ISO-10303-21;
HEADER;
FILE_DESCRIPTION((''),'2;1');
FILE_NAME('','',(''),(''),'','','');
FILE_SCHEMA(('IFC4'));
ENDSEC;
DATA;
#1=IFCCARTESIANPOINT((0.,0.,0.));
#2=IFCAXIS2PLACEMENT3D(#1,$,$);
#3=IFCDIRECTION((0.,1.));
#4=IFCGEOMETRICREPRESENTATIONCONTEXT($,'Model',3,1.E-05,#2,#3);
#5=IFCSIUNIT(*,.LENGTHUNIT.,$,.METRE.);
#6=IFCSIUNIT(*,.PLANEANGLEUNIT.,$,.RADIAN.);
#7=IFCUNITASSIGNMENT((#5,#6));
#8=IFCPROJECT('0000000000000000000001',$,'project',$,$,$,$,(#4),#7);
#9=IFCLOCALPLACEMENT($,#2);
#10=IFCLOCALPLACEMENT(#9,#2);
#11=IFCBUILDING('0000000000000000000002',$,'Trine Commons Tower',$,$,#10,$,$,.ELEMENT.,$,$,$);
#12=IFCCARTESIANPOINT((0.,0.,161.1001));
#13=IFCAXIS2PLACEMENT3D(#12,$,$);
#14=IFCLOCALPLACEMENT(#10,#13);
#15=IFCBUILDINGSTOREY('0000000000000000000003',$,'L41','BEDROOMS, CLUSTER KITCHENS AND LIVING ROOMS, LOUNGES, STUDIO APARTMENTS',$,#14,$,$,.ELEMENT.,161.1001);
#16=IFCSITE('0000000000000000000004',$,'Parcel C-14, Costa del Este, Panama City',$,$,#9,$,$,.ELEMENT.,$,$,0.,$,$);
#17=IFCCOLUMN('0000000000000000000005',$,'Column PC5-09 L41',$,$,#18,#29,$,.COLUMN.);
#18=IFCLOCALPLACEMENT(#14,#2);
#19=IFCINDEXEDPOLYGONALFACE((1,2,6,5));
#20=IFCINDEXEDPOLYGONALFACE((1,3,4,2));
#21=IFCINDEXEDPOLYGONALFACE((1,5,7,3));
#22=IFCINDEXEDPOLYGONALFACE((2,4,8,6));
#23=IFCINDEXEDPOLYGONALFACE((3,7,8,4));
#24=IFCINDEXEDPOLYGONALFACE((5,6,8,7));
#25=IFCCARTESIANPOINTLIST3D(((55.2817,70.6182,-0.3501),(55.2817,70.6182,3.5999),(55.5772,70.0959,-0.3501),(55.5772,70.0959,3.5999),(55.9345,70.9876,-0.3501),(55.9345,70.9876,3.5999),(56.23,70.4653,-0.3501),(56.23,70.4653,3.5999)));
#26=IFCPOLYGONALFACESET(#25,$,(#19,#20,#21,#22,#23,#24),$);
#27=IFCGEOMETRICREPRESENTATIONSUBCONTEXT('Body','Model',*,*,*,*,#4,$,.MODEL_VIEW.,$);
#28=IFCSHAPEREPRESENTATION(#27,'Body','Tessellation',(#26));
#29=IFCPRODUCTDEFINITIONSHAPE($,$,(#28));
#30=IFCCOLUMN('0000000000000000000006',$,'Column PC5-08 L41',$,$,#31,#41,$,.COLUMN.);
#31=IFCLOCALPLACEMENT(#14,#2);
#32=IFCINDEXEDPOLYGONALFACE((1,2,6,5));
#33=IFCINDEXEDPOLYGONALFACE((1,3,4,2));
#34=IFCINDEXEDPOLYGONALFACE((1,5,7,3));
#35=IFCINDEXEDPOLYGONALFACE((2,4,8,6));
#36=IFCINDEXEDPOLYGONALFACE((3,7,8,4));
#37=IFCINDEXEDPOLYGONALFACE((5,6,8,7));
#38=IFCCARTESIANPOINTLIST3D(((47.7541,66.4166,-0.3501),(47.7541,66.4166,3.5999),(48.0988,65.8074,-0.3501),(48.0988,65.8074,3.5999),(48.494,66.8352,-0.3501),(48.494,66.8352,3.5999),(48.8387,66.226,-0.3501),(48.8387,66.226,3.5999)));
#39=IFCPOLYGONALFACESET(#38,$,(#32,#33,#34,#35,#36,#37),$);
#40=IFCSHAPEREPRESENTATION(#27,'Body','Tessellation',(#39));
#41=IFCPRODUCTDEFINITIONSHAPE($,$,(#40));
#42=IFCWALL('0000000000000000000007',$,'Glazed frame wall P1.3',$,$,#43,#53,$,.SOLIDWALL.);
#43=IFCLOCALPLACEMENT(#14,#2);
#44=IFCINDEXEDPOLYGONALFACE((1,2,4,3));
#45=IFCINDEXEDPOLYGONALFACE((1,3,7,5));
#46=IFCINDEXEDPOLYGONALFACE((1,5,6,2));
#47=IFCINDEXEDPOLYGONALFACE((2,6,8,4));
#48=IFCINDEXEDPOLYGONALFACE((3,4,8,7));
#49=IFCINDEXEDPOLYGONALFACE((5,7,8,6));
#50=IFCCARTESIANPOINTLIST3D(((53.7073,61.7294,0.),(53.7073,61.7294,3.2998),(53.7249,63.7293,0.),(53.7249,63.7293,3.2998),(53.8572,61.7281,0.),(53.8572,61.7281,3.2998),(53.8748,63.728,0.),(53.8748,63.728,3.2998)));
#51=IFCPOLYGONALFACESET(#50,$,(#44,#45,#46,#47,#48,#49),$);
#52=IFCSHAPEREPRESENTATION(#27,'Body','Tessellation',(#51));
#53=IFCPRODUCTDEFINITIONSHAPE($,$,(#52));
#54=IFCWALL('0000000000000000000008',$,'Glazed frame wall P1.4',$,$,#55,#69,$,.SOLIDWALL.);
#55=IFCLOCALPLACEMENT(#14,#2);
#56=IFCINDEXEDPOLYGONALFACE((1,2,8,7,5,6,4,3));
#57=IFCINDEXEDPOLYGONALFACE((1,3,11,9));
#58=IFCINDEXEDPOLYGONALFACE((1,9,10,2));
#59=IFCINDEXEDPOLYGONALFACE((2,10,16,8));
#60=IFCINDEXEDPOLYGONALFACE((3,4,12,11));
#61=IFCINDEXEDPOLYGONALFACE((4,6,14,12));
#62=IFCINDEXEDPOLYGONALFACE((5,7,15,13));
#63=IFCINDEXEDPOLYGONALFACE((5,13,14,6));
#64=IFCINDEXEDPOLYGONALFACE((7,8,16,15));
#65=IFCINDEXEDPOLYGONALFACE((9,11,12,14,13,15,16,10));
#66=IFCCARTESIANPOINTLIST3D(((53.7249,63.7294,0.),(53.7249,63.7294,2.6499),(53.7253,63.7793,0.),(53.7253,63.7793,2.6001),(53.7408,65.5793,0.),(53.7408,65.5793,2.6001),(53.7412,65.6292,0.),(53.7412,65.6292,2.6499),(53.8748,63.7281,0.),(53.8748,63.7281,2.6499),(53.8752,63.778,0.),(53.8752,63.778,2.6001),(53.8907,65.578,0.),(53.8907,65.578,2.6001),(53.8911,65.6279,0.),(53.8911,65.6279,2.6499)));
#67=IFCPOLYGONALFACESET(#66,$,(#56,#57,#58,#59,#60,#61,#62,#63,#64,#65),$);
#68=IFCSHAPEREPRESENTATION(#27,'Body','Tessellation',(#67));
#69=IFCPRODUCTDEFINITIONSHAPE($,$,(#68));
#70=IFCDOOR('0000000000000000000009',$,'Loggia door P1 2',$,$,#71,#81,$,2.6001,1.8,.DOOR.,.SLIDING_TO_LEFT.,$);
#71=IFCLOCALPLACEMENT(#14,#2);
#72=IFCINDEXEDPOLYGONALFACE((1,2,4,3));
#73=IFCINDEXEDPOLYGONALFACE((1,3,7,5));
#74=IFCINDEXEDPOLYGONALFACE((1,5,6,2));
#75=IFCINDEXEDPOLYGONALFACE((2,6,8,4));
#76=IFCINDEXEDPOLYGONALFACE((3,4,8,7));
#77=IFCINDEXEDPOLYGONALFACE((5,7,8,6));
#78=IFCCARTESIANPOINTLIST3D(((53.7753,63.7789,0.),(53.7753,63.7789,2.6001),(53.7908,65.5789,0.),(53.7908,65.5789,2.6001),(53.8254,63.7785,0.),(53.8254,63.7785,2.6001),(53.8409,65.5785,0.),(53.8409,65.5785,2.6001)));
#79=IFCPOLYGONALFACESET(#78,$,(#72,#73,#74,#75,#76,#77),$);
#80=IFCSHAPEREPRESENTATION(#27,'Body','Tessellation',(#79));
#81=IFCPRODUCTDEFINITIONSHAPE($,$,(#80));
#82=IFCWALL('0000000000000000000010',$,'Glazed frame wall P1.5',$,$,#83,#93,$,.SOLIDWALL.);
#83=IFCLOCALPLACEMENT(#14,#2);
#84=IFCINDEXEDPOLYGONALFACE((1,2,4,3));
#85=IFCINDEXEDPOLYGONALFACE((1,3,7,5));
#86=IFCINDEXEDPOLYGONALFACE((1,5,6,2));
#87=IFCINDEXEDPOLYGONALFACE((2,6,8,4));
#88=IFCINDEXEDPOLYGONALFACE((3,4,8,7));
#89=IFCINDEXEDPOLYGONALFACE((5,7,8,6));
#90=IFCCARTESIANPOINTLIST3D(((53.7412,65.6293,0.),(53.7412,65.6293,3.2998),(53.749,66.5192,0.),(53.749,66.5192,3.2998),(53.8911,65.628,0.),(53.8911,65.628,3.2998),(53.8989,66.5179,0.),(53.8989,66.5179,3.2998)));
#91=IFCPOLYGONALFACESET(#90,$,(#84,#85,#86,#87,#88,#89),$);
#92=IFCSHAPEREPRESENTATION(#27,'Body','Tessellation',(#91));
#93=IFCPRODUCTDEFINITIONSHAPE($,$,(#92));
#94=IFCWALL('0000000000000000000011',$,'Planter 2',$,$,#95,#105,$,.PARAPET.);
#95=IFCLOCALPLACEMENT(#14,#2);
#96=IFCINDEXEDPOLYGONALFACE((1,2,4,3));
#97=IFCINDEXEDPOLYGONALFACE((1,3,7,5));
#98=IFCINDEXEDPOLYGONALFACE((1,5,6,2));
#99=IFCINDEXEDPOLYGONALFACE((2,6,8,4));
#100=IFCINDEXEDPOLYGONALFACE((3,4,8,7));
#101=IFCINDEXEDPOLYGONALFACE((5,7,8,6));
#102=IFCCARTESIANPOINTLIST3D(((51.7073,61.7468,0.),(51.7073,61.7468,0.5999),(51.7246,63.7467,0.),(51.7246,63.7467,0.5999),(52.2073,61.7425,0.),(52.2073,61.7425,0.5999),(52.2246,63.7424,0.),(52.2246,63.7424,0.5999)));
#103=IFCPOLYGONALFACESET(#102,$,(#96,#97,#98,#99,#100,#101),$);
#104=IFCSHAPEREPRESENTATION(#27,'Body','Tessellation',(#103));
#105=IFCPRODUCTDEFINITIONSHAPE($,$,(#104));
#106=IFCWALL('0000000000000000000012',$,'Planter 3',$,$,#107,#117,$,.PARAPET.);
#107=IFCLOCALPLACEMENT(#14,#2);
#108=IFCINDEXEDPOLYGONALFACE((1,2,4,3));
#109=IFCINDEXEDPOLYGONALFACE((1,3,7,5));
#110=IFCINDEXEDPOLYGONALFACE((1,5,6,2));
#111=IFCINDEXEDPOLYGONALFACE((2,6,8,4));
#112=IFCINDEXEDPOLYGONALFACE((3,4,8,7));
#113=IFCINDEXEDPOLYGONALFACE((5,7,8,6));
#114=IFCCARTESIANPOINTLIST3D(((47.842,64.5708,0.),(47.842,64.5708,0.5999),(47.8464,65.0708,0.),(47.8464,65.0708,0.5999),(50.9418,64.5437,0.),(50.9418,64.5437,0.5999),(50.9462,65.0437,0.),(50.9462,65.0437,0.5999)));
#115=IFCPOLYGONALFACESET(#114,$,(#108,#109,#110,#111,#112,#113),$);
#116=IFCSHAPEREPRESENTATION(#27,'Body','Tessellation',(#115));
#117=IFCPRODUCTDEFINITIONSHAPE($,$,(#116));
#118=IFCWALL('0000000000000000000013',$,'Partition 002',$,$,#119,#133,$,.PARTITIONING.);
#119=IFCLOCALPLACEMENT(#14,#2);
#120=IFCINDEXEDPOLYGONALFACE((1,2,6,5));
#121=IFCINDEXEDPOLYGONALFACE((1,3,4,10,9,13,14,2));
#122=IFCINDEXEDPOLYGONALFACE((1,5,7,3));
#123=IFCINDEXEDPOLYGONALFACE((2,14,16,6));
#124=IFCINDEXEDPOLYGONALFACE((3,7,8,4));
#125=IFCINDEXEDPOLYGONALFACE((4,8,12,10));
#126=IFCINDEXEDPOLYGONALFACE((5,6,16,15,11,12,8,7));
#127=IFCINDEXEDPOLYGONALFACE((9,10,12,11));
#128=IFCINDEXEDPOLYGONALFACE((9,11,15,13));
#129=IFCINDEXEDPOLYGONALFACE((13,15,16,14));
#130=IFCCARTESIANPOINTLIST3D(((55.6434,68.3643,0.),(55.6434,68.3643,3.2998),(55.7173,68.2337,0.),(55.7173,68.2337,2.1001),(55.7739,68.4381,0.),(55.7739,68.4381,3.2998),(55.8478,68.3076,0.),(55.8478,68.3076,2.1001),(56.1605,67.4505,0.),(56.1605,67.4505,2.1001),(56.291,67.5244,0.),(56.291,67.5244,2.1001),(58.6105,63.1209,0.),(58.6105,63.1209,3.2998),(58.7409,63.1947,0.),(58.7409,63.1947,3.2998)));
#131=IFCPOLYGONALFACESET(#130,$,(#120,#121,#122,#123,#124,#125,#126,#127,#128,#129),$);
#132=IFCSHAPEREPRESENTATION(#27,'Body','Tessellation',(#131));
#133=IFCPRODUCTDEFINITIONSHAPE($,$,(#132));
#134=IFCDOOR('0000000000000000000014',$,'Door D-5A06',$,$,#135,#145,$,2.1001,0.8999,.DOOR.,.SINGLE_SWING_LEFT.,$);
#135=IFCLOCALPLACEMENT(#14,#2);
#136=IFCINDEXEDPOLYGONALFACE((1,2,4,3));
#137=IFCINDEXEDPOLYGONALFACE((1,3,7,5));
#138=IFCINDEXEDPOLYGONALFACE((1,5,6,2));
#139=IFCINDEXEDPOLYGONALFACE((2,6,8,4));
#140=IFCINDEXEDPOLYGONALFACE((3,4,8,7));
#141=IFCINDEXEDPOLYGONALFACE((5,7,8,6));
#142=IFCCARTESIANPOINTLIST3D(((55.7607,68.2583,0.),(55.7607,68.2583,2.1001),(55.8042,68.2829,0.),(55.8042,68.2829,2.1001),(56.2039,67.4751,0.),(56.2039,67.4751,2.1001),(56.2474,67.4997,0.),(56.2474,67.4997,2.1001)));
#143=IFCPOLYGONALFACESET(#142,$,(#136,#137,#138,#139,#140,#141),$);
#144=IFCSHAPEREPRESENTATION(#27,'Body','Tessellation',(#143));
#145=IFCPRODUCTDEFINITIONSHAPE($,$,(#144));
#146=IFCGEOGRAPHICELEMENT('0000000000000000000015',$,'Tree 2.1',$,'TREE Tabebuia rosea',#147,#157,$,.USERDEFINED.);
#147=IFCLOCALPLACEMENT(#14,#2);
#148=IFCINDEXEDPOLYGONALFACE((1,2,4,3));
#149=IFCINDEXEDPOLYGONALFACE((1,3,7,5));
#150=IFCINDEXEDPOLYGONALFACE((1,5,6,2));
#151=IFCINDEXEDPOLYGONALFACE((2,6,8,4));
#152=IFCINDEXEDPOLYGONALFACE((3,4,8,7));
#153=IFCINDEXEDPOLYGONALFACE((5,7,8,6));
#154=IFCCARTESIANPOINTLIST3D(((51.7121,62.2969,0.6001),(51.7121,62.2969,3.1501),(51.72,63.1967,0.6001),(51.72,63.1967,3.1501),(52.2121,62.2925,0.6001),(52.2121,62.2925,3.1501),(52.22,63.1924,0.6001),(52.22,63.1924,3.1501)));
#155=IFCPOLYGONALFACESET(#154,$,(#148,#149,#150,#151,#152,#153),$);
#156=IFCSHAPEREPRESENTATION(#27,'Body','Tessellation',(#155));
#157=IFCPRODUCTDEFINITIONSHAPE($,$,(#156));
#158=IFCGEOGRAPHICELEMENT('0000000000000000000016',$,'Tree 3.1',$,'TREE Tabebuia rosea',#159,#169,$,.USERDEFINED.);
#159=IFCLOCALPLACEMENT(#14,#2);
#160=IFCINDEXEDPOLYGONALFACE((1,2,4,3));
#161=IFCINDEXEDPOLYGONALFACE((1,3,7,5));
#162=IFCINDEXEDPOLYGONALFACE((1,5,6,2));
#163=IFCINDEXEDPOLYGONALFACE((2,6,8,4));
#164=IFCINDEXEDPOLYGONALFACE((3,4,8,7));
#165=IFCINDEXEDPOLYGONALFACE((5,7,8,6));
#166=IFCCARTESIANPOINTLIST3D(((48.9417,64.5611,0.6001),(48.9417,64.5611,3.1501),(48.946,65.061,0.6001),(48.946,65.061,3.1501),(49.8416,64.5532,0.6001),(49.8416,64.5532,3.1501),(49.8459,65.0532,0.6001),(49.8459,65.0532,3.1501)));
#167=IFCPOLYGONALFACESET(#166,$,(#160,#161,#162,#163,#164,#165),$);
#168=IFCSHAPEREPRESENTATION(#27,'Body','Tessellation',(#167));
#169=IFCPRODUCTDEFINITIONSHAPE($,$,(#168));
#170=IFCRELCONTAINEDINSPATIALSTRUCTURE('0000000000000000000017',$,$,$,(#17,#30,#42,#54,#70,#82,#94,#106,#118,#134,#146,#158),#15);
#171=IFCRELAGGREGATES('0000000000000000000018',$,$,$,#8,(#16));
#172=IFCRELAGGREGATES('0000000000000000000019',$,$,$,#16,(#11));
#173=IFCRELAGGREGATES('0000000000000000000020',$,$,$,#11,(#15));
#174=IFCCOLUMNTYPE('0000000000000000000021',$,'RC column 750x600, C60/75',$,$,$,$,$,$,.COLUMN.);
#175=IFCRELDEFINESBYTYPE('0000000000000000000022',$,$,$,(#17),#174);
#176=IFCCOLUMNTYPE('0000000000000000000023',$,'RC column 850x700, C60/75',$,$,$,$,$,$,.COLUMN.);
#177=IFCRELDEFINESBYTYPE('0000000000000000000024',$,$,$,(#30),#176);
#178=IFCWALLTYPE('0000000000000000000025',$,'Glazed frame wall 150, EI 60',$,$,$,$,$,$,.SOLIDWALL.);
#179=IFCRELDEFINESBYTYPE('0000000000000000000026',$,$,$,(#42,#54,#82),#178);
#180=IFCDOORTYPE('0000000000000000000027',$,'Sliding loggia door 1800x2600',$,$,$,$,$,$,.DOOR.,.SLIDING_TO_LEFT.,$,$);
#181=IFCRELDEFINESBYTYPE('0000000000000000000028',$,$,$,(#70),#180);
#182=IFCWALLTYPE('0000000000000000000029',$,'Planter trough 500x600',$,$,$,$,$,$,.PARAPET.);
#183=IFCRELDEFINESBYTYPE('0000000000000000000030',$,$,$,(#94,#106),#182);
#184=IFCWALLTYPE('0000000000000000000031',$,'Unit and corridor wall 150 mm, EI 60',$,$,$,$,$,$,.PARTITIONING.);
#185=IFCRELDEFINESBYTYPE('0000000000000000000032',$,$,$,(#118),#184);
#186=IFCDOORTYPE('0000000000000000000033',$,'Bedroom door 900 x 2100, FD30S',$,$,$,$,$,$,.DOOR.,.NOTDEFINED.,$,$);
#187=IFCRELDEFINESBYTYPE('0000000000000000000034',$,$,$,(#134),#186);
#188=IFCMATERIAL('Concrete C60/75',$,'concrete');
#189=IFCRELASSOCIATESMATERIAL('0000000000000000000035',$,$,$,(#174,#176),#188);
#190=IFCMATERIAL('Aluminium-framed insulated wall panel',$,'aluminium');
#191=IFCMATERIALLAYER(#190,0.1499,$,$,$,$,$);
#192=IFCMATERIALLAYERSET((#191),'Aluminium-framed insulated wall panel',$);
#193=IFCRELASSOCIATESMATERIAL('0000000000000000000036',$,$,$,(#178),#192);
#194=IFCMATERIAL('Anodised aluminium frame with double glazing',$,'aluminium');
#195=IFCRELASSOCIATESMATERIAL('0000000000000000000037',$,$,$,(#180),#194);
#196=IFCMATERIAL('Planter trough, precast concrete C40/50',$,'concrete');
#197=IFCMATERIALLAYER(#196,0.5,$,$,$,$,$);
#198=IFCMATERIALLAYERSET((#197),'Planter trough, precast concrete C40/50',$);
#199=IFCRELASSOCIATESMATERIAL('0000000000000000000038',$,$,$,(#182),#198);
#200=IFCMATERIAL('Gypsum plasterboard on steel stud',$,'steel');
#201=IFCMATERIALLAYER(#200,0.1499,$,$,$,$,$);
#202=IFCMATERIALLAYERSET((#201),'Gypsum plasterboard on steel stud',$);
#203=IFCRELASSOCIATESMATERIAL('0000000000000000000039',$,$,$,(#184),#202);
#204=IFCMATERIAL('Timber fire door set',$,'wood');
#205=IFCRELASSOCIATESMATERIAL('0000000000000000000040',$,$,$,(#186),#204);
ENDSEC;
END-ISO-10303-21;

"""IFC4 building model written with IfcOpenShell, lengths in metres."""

from ifc_helpers import new_model, si_unit, direction, frame, frame_2d, origin, origin_2d, place, context, subcontext, project, spatial, polyline, rectangle, outline, extrude, material, layer, layer_set, material_profile, profile_set, type_object, element, fill, save


model = new_model("IFC4")

# Units and contexts
model_context = context("Model", 3, precision=1e-05, world=origin(), true_north=direction((0.0, 1.0)))
body_context = subcontext(model_context, "Body", "Model", "MODEL_VIEW")
ifc_project = project(units=[si_unit("LENGTHUNIT", "METRE"), si_unit("PLANEANGLEUNIT", "RADIAN")], contexts=[model_context])

# Site, building, storey
site_placement = place(None, origin())
site = spatial("IfcSite", under=ifc_project, at=site_placement, Name="Parcel C-14, Costa del Este, Panama City", CompositionType="ELEMENT", RefElevation=0.0)
building_placement = place(site_placement, origin())
building = spatial("IfcBuilding", under=site, at=building_placement, Name="Trine Commons Tower", CompositionType="ELEMENT")
storey_placement = place(building_placement, frame((0.0, 0.0, 161.1001)))
storey = spatial("IfcBuildingStorey", under=building, at=storey_placement, Name="L41", Description="BEDROOMS, CLUSTER KITCHENS AND LIVING ROOMS, LOUNGES, STUDIO APARTMENTS", CompositionType="ELEMENT", Elevation=161.1001)

# Columns
ifc_material_1 = material(Name="Concrete C60/75", Category="concrete")
ifc_material_profile_1 = material_profile(ifc_material_1, rectangle(XDim=0.75, YDim=0.6001, at=origin_2d()), Name="RC 750x600")
ifc_profile_set_1 = profile_set([ifc_material_profile_1], Name="Concrete C60/75")
column_type_1 = type_object("IfcColumnType", Name="RC column 750x600, C60/75", PredefinedType="COLUMN", material=ifc_profile_set_1)
column_1_placement = place(storey_placement, frame((55.7559, 70.5417, -0.3501), z_axis=(0.0, 0.0, 1.0), x_axis=(0.870356, 0.492424, 0.0)))
element("IfcColumn", 1, at=column_1_placement, inside=storey, type_object=column_type_1, Name="Column PC5-09 L41", PredefinedType="COLUMN", context=body_context, shape_type="SweptSolid", body=[
    extrude(rectangle(XDim=0.75, YDim=0.6001, at=origin_2d()), origin(), (0.0, 0.0, 1.0), 3.95),
])
ifc_material_profile_2 = material_profile(ifc_material_1, rectangle(XDim=0.8501, YDim=0.7, at=origin_2d()), Name="RC 850x700")
ifc_profile_set_2 = profile_set([ifc_material_profile_2], Name="Concrete C60/75")
column_type_2 = type_object("IfcColumnType", Name="RC column 850x700, C60/75", PredefinedType="COLUMN", material=ifc_profile_set_2)
column_2_placement = place(storey_placement, frame((48.2964, 66.3213, -0.3501), z_axis=(0.0, 0.0, 1.0), x_axis=(0.870356, 0.492424, 0.0)))
element("IfcColumn", 2, at=column_2_placement, inside=storey, type_object=column_type_2, Name="Column PC5-08 L41", PredefinedType="COLUMN", context=body_context, shape_type="SweptSolid", body=[
    extrude(rectangle(XDim=0.8501, YDim=0.7, at=origin_2d()), origin(), (0.0, 0.0, 1.0), 3.95),
])

# Wall
ifc_material_2 = material(Name="Aluminium-framed insulated wall panel", Category="aluminium")
ifc_layer_1 = layer(ifc_material_2, 0.1499)
ifc_layer_set_1 = layer_set([ifc_layer_1], Name="Aluminium-framed insulated wall panel")
wall_type_1 = type_object("IfcWallType", Name="Glazed frame wall 150, EI 60", PredefinedType="SOLIDWALL", material=ifc_layer_set_1)
wall_1_placement = place(storey_placement, frame((53.7822, 61.7288, 0.0), z_axis=(0.0, 0.0, 1.0), x_axis=(0.008789, 0.999961, 0.0)))
element("IfcWall", 3, at=wall_1_placement, inside=storey, type_object=wall_type_1, Name="Glazed frame wall P1.3", PredefinedType="SOLIDWALL", context=body_context, shape_type="SweptSolid", body=[
    extrude(outline(polyline([(0.0, -0.075), (2.0, -0.075), (2.0, 0.075), (0.0, 0.075), (0.0, -0.075)])), origin(), (0.0, 0.0, 1.0), 3.2998),
])

# Wall, opening, door
wall_2_placement = place(storey_placement, frame((53.7998, 63.7288, 0.0), z_axis=(0.0, 0.0, 1.0), x_axis=(0.008609, 0.999963, 0.0)))
wall_2 = element("IfcWall", 4, at=wall_2_placement, inside=storey, type_object=wall_type_1, Name="Glazed frame wall P1.4", PredefinedType="SOLIDWALL", context=body_context, shape_type="SweptSolid", body=[
    extrude(outline(polyline([(0.0, -0.075), (1.8999, -0.075), (1.8999, 0.075), (0.0, 0.075), (0.0, -0.075)])), origin(), (0.0, 0.0, 1.0), 2.6499),
])
opening_1_placement = place(wall_2_placement, frame((0.05, 0.0, 0.0)))
opening_1 = element("IfcOpeningElement", 5, at=opening_1_placement, cuts=wall_2, PredefinedType="OPENING", context=body_context, shape_type="SweptSolid", body=[
    extrude(rectangle(XDim=1.8, YDim=2.6001, at=frame_2d((0.8999, 1.3))), frame((0.0, 0.085, 0.0), z_axis=(0.0, -1.0, 0.0), x_axis=(1.0, 0.0, 0.0)), (0.0, 0.0, 1.0), 0.1699),
])
ifc_material_3 = material(Name="Anodised aluminium frame with double glazing", Category="aluminium")
door_type_1 = type_object("IfcDoorType", Name="Sliding loggia door 1800x2600", OperationType="SLIDING_TO_LEFT", PredefinedType="DOOR", material=ifc_material_3)
door_1_placement = place(opening_1_placement, origin())
door_1 = element("IfcDoor", 6, at=door_1_placement, inside=storey, type_object=door_type_1, Name="Loggia door P1 2", OperationType="SLIDING_TO_LEFT", OverallHeight=2.6001, OverallWidth=1.8, PredefinedType="DOOR", context=body_context, shape_type="SweptSolid", body=[
    extrude(rectangle(XDim=1.8, YDim=2.6001, at=frame_2d((0.8999, 1.3))), frame((0.0, 0.0249, 0.0), z_axis=(0.0, -1.0, 0.0), x_axis=(1.0, 0.0, 0.0)), (0.0, 0.0, 1.0), 0.05),
])
fill(opening_1, door_1)

# Wall
wall_3_placement = place(storey_placement, frame((53.8162, 65.6287, 0.0), z_axis=(0.0, 0.0, 1.0), x_axis=(0.008789, 0.999961, 0.0)))
element("IfcWall", 7, at=wall_3_placement, inside=storey, type_object=wall_type_1, Name="Glazed frame wall P1.5", PredefinedType="SOLIDWALL", context=body_context, shape_type="SweptSolid", body=[
    extrude(outline(polyline([(0.8899, 0.075), (0.0, 0.075), (0.0, -0.075), (0.8899, -0.075), (0.8899, 0.075)])), origin(), (0.0, 0.0, 1.0), 3.2998),
])

# Walls
ifc_material_4 = material(Name="Planter trough, precast concrete C40/50", Category="concrete")
ifc_layer_2 = layer(ifc_material_4, 0.5)
ifc_layer_set_2 = layer_set([ifc_layer_2], Name="Planter trough, precast concrete C40/50")
wall_type_2 = type_object("IfcWallType", Name="Planter trough 500x600", PredefinedType="PARAPET", material=ifc_layer_set_2)
wall_4_placement = place(storey_placement, frame((51.9573, 61.7446, 0.0), z_axis=(0.0, 0.0, 1.0), x_axis=(0.008667, 0.999962, 0.0)))
element("IfcWall", 8, at=wall_4_placement, inside=storey, type_object=wall_type_2, Name="Planter 2", PredefinedType="PARAPET", context=body_context, shape_type="SweptSolid", body=[
    extrude(rectangle(XDim=2.0, YDim=0.5, at=frame_2d((1.0, 0.0))), origin(), (0.0, 0.0, 1.0), 0.5999),
])
wall_5_placement = place(storey_placement, frame((50.9438, 64.7937, 0.0), z_axis=(0.0, 0.0, 1.0), x_axis=(-0.999962, 0.008742, 0.0)))
element("IfcWall", 9, at=wall_5_placement, inside=storey, type_object=wall_type_2, Name="Planter 3", PredefinedType="PARAPET", context=body_context, shape_type="SweptSolid", body=[
    extrude(rectangle(XDim=3.0999, YDim=0.5, at=frame_2d((1.5498, 0.0))), origin(), (0.0, 0.0, 1.0), 0.5999),
])

# Wall, opening, door
ifc_material_5 = material(Name="Gypsum plasterboard on steel stud", Category="steel")
ifc_layer_3 = layer(ifc_material_5, 0.1499)
ifc_layer_set_3 = layer_set([ifc_layer_3], Name="Gypsum plasterboard on steel stud")
wall_type_3 = type_object("IfcWallType", Name="Unit and corridor wall 150 mm, EI 60", PredefinedType="PARTITIONING", material=ifc_layer_set_3)
wall_6_placement = place(storey_placement, frame((55.7087, 68.4011, 0.0), z_axis=(0.0, 0.0, 1.0), x_axis=(0.492482, -0.870323, 0.0)))
wall_6 = element("IfcWall", 10, at=wall_6_placement, inside=storey, type_object=wall_type_3, Name="Partition 002", PredefinedType="PARTITIONING", context=body_context, shape_type="SweptSolid", body=[
    extrude(rectangle(XDim=6.0247, YDim=0.1499, at=frame_2d((3.0122, 0.0))), origin(), (0.0, 0.0, 1.0), 3.2998),
])
opening_2_placement = place(wall_6_placement, frame((0.1499, 0.0, 0.0)))
opening_2 = element("IfcOpeningElement", 11, at=opening_2_placement, cuts=wall_6, PredefinedType="OPENING", context=body_context, shape_type="SweptSolid", body=[
    extrude(rectangle(XDim=0.8999, YDim=2.1001, at=frame_2d((0.45, 1.05))), frame((0.0, 0.085, 0.0), z_axis=(0.0, -1.0, 0.0), x_axis=(1.0, 0.0, 0.0)), (0.0, 0.0, 1.0), 0.1699),
])
ifc_material_6 = material(Name="Timber fire door set", Category="wood")
door_type_2 = type_object("IfcDoorType", Name="Bedroom door 900 x 2100, FD30S", OperationType="NOTDEFINED", PredefinedType="DOOR", material=ifc_material_6)
door_2_placement = place(opening_2_placement, origin())
door_2 = element("IfcDoor", 12, at=door_2_placement, inside=storey, type_object=door_type_2, Name="Door D-5A06", OperationType="SINGLE_SWING_LEFT", OverallHeight=2.1001, OverallWidth=0.8999, PredefinedType="DOOR", context=body_context, shape_type="SweptSolid", body=[
    extrude(rectangle(XDim=0.8999, YDim=2.1001, at=frame_2d((0.45, 1.05))), frame((0.0, 0.0249, 0.0), z_axis=(0.0, -1.0, 0.0), x_axis=(1.0, 0.0, 0.0)), (0.0, 0.0, 1.0), 0.05),
])
fill(opening_2, door_2)

# Geographic elements
for number, where, z_axis, x_axis, name in (
    (13, (51.9661, 62.7446, 0.6001), (0.0, 0.0, 1.0), (0.008727, 0.999962, 0.0), "Tree 2.1"),
    (14, (49.3938, 64.8071, 0.6001), (0.0, 0.0, 1.0), (-0.999962, 0.008727, 0.0), "Tree 3.1"),
):
    element("IfcGeographicElement", number, at=place(storey_placement, frame(where, z_axis=z_axis, x_axis=x_axis)), inside=storey, Name=name, ObjectType="TREE Tabebuia rosea", PredefinedType="USERDEFINED", context=body_context, shape_type="SweptSolid", body=[
        extrude(rectangle(XDim=0.8999, YDim=0.5, at=origin_2d()), origin(), (0.0, 0.0, 1.0), 2.55),
    ])

save(model, "model.ifc")
